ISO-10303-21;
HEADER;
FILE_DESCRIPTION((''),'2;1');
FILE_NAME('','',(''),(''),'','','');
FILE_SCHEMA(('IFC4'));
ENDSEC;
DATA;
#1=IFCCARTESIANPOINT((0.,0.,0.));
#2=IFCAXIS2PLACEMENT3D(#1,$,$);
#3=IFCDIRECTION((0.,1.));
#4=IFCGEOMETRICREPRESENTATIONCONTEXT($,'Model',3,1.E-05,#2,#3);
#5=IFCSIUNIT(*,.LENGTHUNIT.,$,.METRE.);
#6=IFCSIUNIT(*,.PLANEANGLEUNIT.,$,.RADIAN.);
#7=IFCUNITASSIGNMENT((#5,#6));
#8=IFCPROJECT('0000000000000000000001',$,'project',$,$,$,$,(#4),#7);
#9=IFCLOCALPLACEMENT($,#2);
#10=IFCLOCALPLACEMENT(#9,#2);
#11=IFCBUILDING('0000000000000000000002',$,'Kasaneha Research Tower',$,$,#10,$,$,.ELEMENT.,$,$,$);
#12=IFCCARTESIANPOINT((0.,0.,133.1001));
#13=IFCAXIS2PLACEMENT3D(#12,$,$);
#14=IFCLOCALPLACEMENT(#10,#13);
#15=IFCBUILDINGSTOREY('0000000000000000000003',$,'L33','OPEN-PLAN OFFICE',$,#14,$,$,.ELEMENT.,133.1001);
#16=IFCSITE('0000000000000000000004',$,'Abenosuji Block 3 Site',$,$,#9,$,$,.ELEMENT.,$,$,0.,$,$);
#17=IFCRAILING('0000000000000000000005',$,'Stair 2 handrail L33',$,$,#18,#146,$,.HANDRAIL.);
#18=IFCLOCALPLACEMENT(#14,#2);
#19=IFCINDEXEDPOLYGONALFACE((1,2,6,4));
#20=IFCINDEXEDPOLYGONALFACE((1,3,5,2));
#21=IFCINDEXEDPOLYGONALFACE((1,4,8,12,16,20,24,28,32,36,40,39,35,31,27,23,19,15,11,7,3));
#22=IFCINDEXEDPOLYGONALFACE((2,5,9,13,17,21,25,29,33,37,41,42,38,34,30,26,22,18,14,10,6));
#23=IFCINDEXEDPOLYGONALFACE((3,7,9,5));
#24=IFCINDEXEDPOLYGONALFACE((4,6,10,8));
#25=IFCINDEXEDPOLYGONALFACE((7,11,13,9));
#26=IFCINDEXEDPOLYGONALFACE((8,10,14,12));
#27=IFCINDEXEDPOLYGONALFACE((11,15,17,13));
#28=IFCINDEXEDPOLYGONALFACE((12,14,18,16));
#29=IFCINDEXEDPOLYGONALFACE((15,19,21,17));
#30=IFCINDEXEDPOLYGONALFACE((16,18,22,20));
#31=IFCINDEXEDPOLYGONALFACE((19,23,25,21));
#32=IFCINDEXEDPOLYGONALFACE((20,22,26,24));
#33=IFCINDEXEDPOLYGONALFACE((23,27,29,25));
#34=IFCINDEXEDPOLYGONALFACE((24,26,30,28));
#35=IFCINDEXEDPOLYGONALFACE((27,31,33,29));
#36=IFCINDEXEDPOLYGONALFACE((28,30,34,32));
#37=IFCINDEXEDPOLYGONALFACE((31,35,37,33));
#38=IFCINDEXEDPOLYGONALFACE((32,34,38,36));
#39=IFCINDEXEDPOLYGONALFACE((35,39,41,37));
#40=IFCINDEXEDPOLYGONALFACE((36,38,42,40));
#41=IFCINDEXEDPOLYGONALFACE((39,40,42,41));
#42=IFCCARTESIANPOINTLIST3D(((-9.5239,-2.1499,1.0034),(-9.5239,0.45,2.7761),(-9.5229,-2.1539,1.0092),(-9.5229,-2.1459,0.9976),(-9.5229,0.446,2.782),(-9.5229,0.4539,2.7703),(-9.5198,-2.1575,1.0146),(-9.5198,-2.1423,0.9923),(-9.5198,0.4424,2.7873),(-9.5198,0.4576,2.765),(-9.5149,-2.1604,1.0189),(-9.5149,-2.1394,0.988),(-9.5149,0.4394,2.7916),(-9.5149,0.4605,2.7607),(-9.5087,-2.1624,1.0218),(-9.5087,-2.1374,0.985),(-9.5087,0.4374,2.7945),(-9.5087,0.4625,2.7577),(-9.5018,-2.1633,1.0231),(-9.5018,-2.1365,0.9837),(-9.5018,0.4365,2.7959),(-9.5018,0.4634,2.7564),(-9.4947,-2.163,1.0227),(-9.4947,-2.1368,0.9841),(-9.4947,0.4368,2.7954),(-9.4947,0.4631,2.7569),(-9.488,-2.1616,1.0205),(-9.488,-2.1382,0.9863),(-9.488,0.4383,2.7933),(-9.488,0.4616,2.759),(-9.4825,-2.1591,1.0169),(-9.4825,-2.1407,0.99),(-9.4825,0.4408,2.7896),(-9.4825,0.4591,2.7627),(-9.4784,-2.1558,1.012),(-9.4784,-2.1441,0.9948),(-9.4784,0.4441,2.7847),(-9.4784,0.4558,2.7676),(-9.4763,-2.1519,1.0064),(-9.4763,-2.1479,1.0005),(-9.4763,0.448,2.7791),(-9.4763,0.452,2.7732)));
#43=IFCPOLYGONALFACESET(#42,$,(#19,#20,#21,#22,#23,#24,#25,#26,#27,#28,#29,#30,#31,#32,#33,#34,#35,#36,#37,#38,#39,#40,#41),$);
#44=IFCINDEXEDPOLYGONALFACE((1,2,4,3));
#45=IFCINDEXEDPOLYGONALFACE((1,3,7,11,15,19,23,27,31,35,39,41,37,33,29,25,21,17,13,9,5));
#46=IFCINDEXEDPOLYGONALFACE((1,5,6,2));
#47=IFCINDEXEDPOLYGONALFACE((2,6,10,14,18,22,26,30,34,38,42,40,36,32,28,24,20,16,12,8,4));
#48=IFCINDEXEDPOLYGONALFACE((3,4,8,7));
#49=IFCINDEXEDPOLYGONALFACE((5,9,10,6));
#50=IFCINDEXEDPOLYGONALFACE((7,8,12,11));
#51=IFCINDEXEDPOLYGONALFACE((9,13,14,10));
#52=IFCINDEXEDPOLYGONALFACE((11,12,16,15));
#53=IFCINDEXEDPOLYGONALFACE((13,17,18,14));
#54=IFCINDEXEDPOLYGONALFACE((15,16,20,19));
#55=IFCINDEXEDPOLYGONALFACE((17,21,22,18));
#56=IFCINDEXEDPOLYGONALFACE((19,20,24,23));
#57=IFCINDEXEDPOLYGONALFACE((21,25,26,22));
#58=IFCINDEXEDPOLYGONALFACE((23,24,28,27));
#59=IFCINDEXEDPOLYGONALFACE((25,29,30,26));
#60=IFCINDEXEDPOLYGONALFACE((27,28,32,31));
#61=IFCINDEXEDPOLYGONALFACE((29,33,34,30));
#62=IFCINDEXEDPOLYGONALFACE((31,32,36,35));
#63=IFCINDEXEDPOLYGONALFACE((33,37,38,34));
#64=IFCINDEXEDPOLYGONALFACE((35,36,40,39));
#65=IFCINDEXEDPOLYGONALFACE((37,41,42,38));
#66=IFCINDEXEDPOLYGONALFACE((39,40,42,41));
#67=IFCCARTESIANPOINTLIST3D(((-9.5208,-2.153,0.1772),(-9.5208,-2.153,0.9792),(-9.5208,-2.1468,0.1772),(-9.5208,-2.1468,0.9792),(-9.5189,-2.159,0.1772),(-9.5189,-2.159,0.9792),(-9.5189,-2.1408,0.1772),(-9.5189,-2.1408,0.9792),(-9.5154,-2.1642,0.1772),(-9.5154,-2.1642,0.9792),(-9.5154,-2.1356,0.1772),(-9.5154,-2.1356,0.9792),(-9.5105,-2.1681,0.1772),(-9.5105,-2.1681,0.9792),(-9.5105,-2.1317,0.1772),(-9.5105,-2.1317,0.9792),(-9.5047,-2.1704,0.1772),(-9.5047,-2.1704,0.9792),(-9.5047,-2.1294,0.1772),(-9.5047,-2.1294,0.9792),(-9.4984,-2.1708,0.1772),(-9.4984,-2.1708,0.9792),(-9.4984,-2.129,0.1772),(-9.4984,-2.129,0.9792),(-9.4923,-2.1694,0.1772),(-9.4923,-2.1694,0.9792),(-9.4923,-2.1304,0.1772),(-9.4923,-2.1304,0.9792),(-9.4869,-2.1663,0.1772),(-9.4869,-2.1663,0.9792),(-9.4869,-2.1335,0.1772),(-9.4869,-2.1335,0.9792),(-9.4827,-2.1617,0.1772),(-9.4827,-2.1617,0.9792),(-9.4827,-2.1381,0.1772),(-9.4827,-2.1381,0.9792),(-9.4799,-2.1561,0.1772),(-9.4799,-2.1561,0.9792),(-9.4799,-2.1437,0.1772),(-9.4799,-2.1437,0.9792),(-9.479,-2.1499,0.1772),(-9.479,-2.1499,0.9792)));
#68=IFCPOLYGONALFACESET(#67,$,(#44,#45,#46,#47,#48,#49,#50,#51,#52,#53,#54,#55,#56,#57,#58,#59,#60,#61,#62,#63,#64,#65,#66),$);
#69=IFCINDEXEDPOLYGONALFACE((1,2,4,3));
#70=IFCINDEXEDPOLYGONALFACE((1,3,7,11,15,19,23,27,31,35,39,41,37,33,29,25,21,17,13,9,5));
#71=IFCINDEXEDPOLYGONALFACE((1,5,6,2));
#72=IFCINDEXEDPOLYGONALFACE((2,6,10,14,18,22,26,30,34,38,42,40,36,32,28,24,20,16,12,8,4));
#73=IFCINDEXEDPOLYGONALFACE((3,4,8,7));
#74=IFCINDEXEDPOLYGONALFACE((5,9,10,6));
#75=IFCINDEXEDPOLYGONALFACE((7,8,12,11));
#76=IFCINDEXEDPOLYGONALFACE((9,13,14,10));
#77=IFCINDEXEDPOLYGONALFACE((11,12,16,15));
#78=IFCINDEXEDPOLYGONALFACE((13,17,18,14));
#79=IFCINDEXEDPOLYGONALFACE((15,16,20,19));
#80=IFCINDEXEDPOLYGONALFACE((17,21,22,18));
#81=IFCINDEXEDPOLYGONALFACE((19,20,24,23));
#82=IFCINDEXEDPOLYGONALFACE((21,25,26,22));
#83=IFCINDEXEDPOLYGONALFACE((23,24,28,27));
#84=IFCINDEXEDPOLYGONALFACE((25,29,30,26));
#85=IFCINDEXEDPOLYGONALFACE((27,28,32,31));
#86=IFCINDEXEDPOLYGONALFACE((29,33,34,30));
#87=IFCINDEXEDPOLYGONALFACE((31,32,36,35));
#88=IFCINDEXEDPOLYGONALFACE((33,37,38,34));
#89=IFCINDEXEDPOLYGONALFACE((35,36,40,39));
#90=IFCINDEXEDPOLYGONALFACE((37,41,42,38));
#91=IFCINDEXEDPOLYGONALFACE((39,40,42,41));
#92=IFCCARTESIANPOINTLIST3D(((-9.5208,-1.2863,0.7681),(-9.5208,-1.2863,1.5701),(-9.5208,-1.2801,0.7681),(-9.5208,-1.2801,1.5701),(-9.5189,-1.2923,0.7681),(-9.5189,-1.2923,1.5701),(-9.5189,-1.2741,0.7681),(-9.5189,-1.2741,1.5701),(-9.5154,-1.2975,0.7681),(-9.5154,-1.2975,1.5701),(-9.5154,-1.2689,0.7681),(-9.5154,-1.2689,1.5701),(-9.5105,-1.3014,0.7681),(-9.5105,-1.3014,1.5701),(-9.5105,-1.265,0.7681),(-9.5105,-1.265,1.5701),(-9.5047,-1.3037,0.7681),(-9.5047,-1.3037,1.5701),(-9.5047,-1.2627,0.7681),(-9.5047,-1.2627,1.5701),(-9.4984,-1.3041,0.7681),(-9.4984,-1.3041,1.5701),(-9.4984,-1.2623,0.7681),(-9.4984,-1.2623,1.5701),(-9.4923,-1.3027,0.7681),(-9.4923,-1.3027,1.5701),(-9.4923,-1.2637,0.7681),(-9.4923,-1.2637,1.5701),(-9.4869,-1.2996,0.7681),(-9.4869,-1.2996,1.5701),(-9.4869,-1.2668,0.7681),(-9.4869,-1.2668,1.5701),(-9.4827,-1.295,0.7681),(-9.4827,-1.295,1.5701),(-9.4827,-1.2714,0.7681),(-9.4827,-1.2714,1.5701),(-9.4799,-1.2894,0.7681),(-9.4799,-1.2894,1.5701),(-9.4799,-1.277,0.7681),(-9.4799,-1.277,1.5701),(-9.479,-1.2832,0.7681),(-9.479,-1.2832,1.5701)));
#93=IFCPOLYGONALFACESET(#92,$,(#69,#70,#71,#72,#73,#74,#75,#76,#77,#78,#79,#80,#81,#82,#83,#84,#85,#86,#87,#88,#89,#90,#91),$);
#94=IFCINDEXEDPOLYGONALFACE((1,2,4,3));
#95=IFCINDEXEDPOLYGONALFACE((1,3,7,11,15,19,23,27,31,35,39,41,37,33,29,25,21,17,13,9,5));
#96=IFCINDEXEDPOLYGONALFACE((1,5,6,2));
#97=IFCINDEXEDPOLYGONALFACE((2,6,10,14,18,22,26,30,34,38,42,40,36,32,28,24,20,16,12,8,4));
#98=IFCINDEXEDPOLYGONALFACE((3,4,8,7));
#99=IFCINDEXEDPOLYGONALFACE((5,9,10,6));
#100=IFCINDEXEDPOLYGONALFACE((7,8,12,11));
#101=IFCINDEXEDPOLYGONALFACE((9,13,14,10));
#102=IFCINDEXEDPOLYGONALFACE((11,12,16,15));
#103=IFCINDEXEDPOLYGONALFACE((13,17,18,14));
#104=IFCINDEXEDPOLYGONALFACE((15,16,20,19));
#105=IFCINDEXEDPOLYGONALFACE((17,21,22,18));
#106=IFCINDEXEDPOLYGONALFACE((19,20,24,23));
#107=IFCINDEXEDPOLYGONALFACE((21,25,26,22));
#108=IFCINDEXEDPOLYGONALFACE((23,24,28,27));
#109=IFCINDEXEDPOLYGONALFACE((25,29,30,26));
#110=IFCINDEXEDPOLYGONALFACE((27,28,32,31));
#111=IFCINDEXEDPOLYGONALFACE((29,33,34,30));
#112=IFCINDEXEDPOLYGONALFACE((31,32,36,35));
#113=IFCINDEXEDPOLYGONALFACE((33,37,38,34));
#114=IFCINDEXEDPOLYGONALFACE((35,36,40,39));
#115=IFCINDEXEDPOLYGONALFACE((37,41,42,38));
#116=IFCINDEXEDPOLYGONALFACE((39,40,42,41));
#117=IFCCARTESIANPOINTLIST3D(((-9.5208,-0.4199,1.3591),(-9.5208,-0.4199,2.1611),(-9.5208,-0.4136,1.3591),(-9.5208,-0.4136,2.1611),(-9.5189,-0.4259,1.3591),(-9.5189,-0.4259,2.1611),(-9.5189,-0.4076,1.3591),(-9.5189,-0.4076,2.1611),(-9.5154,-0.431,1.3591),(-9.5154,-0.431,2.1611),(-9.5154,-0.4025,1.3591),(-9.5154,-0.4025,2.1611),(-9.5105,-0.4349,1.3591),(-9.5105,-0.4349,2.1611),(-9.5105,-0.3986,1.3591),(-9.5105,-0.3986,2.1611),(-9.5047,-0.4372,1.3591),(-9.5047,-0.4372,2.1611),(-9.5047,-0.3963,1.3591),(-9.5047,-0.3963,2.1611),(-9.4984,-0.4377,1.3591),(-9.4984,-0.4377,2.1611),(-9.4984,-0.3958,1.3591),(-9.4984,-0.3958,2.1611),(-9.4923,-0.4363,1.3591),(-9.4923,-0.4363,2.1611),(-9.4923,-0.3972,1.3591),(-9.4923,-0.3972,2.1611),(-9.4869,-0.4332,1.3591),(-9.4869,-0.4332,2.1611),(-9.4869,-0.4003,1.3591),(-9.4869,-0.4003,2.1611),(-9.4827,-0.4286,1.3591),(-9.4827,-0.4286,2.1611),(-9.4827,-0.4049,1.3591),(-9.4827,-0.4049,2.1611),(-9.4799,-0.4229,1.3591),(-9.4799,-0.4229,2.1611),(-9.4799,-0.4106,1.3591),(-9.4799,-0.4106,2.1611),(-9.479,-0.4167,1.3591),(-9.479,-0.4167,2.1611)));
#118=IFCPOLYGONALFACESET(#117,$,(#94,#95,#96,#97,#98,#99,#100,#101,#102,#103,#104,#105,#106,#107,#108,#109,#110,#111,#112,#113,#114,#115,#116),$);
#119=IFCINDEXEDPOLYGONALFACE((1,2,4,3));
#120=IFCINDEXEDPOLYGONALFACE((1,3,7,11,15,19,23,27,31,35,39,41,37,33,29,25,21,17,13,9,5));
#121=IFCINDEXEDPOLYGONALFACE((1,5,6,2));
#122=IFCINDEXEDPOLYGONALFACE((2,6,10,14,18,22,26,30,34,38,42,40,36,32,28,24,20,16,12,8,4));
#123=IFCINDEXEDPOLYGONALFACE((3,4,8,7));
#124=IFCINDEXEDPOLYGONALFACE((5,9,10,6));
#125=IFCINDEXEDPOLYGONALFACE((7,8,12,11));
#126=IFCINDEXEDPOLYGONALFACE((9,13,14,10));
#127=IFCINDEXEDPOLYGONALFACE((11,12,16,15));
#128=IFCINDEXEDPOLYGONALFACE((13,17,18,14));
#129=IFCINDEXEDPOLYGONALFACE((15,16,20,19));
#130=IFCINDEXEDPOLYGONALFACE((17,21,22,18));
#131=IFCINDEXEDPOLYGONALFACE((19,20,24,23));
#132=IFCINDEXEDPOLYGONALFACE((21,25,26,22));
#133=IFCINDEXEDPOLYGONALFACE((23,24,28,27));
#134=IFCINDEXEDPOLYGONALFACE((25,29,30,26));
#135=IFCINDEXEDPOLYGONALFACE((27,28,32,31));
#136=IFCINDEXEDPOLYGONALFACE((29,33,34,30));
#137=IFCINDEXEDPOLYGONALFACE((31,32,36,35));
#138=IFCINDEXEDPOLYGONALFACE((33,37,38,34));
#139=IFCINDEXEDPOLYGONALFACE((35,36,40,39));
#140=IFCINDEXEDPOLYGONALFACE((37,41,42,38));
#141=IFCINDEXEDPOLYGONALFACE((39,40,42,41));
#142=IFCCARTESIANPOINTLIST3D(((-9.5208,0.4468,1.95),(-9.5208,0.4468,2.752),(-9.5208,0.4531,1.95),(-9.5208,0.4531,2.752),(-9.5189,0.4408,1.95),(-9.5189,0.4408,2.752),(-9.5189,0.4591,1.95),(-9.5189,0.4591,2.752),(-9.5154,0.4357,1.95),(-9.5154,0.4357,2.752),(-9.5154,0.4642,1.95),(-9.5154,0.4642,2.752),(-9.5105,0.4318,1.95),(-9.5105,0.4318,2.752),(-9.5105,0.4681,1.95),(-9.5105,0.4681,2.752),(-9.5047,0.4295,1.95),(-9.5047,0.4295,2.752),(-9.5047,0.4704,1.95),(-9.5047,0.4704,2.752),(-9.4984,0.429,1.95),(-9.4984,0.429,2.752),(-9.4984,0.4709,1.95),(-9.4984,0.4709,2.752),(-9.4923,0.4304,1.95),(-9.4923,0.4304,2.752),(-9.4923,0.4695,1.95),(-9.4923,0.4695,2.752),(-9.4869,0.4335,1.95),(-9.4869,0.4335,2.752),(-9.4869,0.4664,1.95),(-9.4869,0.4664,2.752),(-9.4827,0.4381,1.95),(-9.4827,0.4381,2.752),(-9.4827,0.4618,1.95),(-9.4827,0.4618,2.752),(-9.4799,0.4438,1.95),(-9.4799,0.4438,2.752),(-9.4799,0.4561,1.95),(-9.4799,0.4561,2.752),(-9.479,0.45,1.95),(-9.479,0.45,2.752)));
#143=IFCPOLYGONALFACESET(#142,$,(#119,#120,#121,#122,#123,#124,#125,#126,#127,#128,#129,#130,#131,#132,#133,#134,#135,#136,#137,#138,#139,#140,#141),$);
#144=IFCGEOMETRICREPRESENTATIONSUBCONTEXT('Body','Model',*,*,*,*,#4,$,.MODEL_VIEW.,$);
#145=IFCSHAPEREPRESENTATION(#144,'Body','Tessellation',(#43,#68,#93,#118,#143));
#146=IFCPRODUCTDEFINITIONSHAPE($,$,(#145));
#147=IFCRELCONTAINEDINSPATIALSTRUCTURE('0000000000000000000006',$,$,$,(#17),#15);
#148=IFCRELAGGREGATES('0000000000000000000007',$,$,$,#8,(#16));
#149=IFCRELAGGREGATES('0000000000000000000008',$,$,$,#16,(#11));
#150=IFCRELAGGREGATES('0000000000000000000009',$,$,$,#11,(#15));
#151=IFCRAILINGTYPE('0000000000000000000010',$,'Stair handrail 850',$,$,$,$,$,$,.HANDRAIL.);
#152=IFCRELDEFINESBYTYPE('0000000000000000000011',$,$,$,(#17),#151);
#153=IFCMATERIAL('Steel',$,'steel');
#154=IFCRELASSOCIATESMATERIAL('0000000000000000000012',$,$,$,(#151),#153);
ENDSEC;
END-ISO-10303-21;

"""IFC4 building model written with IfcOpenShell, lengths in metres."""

from ifc_helpers import new_model, si_unit, direction, frame, origin, origin_2d, place, context, subcontext, project, spatial, circle, extrude, material, type_object, element, save


model = new_model("IFC4")

# Units and contexts
model_context = context("Model", 3, precision=1e-05, world=origin(), true_north=direction((0.0, 1.0)))
body_context = subcontext(model_context, "Body", "Model", "MODEL_VIEW")
ifc_project = project(units=[si_unit("LENGTHUNIT", "METRE"), si_unit("PLANEANGLEUNIT", "RADIAN")], contexts=[model_context])

# Site, building, storey
site_placement = place(None, origin())
site = spatial("IfcSite", under=ifc_project, at=site_placement, Name="Abenosuji Block 3 Site", CompositionType="ELEMENT", RefElevation=0.0)
building_placement = place(site_placement, origin())
building = spatial("IfcBuilding", under=site, at=building_placement, Name="Kasaneha Research Tower", CompositionType="ELEMENT")
storey_placement = place(building_placement, frame((0.0, 0.0, 133.1001)))
storey = spatial("IfcBuildingStorey", under=building, at=storey_placement, Name="L33", Description="OPEN-PLAN OFFICE", CompositionType="ELEMENT", Elevation=133.1001)

# Railing
ifc_material_1 = material(Name="Steel", Category="steel")
railing_type_1 = type_object("IfcRailingType", Name="Stair handrail 850", PredefinedType="HANDRAIL", material=ifc_material_1)
railing_1_placement = place(storey_placement, frame((-9.5, -2.1499, 0.1772)))
element("IfcRailing", 1, at=railing_1_placement, inside=storey, type_object=railing_type_1, Name="Stair 2 handrail L33", PredefinedType="HANDRAIL", context=body_context, shape_type="SweptSolid", body=[
    extrude(circle(Radius=0.0239, at=origin_2d()), frame((0.0, 0.0, 0.8262), z_axis=(0.0, 0.826216, 0.563354), x_axis=(-1.0, 0.0, 0.0)), (0.0, 0.0, 1.0), 3.1467),
    extrude(circle(Radius=0.021, at=origin_2d()), origin(), (0.0, 0.0, 1.0), 0.802),
    extrude(circle(Radius=0.021, at=origin_2d()), frame((0.0, 0.8667, 0.5908)), (0.0, 0.0, 1.0), 0.802),
    extrude(circle(Radius=0.021, at=origin_2d()), frame((0.0, 1.7332, 1.1819)), (0.0, 0.0, 1.0), 0.802),
    extrude(circle(Radius=0.021, at=origin_2d()), frame((0.0, 2.5999, 1.7727)), (0.0, 0.0, 1.0), 0.802),
])

save(model, "model.ifc")
